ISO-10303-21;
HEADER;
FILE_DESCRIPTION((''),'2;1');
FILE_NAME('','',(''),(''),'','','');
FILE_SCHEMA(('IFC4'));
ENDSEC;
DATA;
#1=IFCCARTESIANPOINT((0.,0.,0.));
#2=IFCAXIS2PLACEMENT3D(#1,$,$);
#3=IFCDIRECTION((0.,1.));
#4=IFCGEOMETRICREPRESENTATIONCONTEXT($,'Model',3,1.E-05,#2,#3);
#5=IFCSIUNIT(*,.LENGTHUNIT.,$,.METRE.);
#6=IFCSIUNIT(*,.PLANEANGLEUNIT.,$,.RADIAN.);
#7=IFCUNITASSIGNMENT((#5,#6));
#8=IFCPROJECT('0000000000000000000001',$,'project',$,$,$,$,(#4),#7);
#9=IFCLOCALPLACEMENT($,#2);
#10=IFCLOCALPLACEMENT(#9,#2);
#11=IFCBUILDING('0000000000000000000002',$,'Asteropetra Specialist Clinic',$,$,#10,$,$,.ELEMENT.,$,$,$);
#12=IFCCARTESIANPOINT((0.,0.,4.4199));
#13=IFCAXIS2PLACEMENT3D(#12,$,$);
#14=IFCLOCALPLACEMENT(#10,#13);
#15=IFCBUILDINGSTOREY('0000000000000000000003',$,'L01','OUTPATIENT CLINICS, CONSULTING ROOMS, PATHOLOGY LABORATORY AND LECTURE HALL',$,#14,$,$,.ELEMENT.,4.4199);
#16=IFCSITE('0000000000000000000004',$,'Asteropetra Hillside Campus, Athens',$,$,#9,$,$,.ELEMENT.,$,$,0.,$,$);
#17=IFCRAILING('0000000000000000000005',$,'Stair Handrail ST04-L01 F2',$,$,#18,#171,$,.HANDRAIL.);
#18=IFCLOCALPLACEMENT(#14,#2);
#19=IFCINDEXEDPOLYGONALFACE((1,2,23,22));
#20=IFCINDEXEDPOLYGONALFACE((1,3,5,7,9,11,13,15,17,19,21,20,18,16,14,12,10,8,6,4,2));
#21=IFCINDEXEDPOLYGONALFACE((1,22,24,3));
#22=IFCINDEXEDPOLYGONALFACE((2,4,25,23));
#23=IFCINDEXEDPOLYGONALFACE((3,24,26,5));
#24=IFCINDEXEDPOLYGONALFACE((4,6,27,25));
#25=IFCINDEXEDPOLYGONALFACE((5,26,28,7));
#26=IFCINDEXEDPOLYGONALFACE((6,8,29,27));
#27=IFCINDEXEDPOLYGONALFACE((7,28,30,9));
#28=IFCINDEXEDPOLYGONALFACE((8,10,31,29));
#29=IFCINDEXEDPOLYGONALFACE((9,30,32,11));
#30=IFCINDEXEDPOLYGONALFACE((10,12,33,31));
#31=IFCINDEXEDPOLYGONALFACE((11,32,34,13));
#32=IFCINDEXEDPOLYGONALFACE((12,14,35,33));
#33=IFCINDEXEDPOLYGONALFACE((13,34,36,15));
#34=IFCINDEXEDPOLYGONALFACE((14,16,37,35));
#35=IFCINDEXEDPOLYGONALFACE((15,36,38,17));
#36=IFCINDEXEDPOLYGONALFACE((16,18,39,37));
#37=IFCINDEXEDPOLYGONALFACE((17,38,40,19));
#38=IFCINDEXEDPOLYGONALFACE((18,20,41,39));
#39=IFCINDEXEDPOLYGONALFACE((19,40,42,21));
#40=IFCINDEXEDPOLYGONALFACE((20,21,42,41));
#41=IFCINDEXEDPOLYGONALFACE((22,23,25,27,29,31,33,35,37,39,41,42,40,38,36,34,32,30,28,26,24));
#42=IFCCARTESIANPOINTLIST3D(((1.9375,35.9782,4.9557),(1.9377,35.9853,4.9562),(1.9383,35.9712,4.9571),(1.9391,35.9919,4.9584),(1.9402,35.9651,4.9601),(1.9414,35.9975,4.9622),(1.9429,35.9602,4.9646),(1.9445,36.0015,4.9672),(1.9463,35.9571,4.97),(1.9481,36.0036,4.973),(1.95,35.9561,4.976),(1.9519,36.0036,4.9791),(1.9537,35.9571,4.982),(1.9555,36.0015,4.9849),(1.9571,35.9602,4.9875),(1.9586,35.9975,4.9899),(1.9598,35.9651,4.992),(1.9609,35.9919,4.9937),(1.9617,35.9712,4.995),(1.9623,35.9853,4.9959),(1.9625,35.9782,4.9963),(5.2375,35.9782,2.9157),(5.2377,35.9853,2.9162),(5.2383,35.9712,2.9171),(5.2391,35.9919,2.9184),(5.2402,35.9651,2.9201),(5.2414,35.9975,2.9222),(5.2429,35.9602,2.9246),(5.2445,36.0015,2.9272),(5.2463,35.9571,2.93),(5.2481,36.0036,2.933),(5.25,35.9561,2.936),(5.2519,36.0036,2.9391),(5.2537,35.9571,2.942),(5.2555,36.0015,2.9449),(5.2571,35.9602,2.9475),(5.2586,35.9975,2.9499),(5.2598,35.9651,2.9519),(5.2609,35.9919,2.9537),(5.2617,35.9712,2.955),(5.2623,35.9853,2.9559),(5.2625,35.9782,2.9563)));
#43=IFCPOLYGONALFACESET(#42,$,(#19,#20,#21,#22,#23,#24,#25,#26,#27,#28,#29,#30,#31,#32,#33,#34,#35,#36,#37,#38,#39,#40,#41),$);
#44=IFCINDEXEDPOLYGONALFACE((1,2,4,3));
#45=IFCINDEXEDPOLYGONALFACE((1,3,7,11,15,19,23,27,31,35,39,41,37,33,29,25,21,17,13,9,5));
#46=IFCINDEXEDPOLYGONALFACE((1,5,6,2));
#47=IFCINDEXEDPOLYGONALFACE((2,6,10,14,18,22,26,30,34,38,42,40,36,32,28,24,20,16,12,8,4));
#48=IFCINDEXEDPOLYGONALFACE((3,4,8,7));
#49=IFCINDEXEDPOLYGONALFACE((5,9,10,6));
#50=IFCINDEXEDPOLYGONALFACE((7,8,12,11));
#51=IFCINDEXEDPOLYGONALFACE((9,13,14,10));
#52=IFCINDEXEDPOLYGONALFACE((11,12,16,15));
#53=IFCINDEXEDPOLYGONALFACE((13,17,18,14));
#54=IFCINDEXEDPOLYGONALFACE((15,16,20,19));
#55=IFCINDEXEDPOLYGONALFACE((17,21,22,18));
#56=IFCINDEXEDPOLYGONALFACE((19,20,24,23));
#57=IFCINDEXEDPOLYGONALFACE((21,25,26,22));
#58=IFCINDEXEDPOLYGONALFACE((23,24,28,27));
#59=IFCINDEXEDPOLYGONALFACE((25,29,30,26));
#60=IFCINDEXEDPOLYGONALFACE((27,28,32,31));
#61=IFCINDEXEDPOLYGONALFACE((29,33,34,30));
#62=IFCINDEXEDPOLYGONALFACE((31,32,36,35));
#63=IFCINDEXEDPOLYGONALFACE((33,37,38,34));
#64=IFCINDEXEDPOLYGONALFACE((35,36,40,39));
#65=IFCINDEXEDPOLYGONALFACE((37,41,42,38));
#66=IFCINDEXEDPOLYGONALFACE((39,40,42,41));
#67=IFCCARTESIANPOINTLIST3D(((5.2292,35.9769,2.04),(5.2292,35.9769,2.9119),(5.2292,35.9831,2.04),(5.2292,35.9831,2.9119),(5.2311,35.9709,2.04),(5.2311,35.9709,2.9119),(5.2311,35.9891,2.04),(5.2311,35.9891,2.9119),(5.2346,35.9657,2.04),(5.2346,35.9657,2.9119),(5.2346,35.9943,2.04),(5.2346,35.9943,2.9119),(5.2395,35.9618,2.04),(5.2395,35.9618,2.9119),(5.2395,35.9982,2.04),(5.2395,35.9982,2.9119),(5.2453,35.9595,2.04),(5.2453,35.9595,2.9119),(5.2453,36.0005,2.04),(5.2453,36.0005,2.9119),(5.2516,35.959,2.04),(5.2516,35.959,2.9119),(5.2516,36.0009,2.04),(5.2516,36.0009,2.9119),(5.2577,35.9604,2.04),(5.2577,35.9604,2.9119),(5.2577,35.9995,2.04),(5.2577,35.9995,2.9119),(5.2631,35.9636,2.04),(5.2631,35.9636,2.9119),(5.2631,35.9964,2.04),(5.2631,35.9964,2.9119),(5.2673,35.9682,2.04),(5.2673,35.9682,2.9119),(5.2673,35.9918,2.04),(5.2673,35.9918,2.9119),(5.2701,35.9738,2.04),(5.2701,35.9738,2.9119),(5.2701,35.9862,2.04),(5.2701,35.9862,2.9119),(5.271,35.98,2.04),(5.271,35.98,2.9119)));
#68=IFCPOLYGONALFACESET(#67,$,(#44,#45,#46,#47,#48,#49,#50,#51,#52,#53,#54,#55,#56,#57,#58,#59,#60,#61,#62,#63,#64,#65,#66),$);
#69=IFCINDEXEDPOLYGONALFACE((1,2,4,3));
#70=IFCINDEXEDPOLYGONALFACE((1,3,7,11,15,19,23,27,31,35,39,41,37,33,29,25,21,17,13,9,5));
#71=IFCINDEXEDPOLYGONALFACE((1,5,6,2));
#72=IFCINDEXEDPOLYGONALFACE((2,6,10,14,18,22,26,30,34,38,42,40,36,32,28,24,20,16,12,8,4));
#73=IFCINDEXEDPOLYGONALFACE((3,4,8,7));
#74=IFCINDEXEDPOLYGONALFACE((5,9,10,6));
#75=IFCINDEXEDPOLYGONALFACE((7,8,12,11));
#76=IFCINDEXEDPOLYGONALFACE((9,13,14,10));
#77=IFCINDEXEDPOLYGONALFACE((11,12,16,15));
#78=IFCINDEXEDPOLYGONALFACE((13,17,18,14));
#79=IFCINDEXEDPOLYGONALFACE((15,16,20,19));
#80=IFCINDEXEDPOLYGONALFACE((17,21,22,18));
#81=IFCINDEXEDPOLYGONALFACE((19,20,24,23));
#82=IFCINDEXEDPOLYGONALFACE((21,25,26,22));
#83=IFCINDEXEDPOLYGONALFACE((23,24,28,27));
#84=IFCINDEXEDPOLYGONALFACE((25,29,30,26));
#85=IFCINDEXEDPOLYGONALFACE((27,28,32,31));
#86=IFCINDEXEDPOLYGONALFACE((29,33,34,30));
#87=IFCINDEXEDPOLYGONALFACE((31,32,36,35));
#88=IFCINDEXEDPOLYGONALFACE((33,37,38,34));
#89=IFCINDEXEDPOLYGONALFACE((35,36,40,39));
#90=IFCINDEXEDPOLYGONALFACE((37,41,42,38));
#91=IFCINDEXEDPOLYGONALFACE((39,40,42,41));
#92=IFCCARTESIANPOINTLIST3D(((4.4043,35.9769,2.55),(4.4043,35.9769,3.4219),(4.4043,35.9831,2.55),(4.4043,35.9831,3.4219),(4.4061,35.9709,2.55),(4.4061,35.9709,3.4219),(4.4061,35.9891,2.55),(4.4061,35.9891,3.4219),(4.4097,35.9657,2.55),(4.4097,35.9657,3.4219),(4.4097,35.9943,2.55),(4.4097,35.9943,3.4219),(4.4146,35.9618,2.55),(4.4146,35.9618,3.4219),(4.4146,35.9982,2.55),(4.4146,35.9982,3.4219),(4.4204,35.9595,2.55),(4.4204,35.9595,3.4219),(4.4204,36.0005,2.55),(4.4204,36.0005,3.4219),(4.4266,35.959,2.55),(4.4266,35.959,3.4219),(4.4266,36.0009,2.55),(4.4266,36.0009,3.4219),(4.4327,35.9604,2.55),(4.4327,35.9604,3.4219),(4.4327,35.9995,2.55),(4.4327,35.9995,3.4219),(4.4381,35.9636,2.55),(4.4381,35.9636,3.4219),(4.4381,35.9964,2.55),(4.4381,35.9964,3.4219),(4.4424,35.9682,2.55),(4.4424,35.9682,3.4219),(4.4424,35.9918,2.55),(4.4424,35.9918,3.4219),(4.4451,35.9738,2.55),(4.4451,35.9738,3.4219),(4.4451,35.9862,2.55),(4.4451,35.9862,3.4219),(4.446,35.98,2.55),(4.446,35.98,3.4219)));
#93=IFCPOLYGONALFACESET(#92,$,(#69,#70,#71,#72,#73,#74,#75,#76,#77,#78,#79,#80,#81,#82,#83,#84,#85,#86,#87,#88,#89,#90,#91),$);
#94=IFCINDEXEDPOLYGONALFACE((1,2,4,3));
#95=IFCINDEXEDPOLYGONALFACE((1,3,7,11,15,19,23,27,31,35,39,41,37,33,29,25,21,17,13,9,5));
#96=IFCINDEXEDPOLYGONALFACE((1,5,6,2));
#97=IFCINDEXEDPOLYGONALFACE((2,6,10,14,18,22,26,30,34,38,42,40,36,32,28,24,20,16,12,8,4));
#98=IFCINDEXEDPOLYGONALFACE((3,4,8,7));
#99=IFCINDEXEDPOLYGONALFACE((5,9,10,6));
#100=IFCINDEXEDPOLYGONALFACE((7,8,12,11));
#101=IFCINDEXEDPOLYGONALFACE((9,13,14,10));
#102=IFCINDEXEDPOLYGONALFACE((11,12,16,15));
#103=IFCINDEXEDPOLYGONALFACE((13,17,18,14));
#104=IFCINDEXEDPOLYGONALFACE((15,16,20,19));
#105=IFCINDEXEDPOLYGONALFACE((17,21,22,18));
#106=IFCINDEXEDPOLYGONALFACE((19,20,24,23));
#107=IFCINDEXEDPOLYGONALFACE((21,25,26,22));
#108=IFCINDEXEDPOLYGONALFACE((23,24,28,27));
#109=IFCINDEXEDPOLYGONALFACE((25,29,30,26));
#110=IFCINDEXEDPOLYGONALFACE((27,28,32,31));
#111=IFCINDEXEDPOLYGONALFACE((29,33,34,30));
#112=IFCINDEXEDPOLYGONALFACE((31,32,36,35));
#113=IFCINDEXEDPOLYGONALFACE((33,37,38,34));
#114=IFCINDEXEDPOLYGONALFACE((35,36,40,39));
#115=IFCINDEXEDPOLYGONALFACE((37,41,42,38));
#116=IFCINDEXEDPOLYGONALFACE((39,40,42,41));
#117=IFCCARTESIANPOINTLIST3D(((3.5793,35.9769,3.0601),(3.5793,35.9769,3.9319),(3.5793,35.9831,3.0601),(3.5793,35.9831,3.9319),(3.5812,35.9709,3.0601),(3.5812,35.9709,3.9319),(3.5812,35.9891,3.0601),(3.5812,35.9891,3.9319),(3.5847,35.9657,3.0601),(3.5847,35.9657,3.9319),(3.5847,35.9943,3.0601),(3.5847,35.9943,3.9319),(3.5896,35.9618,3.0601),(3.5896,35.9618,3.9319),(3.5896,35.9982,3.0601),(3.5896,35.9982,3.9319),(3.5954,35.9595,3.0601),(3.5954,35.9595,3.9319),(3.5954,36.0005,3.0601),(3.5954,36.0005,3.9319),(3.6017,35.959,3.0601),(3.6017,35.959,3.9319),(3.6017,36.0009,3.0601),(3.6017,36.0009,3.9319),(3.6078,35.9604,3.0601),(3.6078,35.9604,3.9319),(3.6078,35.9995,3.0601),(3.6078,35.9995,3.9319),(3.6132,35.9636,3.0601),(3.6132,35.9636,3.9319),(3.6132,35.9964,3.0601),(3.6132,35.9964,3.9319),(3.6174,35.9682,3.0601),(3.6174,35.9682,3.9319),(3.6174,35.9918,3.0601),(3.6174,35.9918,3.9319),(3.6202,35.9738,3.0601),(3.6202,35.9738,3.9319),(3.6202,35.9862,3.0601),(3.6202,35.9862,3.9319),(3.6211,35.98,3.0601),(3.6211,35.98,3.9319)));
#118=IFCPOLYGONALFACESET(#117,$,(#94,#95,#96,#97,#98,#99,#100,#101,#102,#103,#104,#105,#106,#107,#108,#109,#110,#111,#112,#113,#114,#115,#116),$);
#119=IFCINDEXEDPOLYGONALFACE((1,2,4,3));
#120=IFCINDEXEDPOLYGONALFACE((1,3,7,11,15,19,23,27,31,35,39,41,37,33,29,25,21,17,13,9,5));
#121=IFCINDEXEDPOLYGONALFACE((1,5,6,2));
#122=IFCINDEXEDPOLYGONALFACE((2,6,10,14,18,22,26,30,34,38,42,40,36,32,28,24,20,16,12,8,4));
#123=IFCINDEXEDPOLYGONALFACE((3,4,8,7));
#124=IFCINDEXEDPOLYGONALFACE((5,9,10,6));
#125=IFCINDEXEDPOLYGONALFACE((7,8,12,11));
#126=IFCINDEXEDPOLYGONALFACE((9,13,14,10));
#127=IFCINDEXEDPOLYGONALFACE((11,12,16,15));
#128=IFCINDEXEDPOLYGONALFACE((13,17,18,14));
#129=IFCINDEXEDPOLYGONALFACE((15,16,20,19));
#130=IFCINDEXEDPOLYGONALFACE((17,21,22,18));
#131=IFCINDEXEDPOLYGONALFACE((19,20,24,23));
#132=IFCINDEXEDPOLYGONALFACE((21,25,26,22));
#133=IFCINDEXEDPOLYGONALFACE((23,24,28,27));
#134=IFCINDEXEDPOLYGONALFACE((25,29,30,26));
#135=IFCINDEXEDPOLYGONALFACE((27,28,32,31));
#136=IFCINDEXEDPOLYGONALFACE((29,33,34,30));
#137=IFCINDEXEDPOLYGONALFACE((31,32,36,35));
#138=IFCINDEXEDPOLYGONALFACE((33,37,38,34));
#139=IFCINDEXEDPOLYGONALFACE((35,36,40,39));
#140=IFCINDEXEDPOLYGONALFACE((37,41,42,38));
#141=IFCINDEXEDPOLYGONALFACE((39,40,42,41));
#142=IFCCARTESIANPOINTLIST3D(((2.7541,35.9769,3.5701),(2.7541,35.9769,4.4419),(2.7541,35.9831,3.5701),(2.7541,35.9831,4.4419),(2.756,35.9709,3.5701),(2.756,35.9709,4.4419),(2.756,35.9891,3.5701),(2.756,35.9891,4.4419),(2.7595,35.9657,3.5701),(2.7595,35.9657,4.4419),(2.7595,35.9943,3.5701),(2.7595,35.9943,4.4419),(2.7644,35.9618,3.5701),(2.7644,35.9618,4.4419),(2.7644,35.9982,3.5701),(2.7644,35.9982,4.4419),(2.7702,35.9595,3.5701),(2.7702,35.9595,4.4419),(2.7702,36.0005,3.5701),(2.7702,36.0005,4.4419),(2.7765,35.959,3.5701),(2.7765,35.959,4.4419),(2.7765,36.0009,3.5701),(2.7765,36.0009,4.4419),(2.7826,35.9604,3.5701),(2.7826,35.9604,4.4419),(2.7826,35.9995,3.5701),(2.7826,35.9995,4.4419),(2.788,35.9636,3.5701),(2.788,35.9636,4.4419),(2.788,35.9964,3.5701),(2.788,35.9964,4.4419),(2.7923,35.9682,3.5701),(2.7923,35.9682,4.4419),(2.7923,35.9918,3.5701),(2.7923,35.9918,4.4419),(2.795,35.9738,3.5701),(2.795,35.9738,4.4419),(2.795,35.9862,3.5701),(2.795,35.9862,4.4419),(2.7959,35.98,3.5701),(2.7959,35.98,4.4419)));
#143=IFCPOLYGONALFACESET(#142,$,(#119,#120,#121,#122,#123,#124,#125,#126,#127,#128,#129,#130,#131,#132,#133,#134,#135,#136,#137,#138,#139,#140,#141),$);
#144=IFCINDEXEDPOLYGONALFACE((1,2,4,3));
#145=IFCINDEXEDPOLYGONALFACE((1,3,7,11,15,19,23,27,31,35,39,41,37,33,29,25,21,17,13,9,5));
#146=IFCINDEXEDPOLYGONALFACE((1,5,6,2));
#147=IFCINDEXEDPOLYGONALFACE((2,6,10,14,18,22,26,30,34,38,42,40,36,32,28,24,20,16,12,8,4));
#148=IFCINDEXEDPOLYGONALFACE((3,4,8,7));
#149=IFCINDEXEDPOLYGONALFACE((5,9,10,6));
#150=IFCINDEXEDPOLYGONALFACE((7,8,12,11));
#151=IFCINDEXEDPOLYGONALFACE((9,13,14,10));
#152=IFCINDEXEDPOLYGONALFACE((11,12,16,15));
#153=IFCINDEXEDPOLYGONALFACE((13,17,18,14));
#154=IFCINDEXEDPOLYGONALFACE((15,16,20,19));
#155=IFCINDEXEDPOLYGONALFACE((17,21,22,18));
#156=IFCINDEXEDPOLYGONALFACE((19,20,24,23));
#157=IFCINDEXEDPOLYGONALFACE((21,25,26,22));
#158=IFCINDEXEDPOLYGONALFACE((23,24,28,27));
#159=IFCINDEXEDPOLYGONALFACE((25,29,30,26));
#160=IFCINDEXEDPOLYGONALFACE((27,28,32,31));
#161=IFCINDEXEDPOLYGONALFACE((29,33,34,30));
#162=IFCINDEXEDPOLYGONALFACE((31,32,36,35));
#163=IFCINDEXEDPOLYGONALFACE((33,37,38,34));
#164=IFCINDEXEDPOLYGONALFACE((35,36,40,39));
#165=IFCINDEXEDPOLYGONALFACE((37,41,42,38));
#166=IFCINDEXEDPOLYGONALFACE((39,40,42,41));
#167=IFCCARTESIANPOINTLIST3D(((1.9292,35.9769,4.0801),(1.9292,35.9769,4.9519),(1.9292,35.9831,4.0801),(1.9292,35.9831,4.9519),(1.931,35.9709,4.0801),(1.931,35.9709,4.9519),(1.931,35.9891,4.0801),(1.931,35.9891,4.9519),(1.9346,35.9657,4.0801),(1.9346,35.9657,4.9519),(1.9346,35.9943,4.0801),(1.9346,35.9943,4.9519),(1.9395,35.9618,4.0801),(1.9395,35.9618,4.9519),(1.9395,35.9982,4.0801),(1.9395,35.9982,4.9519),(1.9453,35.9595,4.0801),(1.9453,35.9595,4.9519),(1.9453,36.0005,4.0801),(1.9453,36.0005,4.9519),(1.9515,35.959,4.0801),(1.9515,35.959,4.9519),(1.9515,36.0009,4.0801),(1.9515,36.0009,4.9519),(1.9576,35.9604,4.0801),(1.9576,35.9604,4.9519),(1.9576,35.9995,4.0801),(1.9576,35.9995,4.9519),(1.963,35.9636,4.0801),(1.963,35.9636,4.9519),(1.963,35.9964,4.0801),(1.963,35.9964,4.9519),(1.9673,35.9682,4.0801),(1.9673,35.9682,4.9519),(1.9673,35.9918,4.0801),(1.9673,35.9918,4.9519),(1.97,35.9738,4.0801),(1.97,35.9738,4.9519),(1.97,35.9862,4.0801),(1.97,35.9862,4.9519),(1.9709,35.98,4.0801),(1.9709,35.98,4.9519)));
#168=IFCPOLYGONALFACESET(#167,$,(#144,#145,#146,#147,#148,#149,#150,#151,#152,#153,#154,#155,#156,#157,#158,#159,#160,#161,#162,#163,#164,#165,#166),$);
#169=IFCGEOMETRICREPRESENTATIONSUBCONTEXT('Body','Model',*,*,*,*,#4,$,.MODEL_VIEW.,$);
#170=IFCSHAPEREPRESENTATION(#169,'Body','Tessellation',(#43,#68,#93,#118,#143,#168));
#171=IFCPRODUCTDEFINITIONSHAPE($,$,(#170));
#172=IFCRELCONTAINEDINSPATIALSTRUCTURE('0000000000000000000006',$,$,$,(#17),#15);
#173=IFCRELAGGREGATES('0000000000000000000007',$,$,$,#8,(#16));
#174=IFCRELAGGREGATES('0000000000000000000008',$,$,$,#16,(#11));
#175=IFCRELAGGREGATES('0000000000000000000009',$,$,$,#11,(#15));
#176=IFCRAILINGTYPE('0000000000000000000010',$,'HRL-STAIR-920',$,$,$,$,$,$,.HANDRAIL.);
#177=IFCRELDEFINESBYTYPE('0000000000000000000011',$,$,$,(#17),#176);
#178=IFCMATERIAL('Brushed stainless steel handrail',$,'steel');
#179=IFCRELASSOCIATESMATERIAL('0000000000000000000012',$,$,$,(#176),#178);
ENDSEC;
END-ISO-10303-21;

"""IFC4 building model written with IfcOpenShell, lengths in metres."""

from ifc_helpers import new_model, si_unit, direction, frame, origin, origin_2d, place, context, subcontext, project, spatial, circle, extrude, material, type_object, element, save


model = new_model("IFC4")

# Units and contexts
model_context = context("Model", 3, precision=1e-05, world=origin(), true_north=direction((0.0, 1.0)))
body_context = subcontext(model_context, "Body", "Model", "MODEL_VIEW")
ifc_project = project(units=[si_unit("LENGTHUNIT", "METRE"), si_unit("PLANEANGLEUNIT", "RADIAN")], contexts=[model_context])

# Site, building, storey
site_placement = place(None, origin())
site = spatial("IfcSite", under=ifc_project, at=site_placement, Name="Asteropetra Hillside Campus, Athens", CompositionType="ELEMENT", RefElevation=0.0)
building_placement = place(site_placement, origin())
building = spatial("IfcBuilding", under=site, at=building_placement, Name="Asteropetra Specialist Clinic", CompositionType="ELEMENT")
storey_placement = place(building_placement, frame((0.0, 0.0, 4.4199)))
storey = spatial("IfcBuildingStorey", under=building, at=storey_placement, Name="L01", Description="OUTPATIENT CLINICS, CONSULTING ROOMS, PATHOLOGY LABORATORY AND LECTURE HALL", CompositionType="ELEMENT", Elevation=4.4199)

# Railing
ifc_material_1 = material(Name="Brushed stainless steel handrail", Category="steel")
railing_type_1 = type_object("IfcRailingType", Name="HRL-STAIR-920", PredefinedType="HANDRAIL", material=ifc_material_1)
railing_1_placement = place(storey_placement, frame((5.25, 35.98, 2.04)))
element("IfcRailing", 1, at=railing_1_placement, inside=storey, type_object=railing_type_1, Name="Stair Handrail ST04-L01 F2", PredefinedType="HANDRAIL", context=body_context, shape_type="SweptSolid", body=[
    extrude(circle(Radius=0.0239, at=origin_2d()), frame((0.0, 0.0, 0.896), z_axis=(-0.850594, 0.0, 0.525824), x_axis=(0.0, -1.0, 0.0)), (0.0, 0.0, 1.0), 3.8796),
    extrude(circle(Radius=0.021, at=origin_2d()), origin(), (0.0, 0.0, 1.0), 0.8718),
    extrude(circle(Radius=0.021, at=origin_2d()), frame((-0.825, 0.0, 0.51)), (0.0, 0.0, 1.0), 0.8718),
    extrude(circle(Radius=0.021, at=origin_2d()), frame((-1.6499, 0.0, 1.02)), (0.0, 0.0, 1.0), 0.8718),
    extrude(circle(Radius=0.021, at=origin_2d()), frame((-2.4751, 0.0, 1.53)), (0.0, 0.0, 1.0), 0.8718),
    extrude(circle(Radius=0.021, at=origin_2d()), frame((-3.3, 0.0, 2.04)), (0.0, 0.0, 1.0), 0.8718),
])

save(model, "model.ifc")
